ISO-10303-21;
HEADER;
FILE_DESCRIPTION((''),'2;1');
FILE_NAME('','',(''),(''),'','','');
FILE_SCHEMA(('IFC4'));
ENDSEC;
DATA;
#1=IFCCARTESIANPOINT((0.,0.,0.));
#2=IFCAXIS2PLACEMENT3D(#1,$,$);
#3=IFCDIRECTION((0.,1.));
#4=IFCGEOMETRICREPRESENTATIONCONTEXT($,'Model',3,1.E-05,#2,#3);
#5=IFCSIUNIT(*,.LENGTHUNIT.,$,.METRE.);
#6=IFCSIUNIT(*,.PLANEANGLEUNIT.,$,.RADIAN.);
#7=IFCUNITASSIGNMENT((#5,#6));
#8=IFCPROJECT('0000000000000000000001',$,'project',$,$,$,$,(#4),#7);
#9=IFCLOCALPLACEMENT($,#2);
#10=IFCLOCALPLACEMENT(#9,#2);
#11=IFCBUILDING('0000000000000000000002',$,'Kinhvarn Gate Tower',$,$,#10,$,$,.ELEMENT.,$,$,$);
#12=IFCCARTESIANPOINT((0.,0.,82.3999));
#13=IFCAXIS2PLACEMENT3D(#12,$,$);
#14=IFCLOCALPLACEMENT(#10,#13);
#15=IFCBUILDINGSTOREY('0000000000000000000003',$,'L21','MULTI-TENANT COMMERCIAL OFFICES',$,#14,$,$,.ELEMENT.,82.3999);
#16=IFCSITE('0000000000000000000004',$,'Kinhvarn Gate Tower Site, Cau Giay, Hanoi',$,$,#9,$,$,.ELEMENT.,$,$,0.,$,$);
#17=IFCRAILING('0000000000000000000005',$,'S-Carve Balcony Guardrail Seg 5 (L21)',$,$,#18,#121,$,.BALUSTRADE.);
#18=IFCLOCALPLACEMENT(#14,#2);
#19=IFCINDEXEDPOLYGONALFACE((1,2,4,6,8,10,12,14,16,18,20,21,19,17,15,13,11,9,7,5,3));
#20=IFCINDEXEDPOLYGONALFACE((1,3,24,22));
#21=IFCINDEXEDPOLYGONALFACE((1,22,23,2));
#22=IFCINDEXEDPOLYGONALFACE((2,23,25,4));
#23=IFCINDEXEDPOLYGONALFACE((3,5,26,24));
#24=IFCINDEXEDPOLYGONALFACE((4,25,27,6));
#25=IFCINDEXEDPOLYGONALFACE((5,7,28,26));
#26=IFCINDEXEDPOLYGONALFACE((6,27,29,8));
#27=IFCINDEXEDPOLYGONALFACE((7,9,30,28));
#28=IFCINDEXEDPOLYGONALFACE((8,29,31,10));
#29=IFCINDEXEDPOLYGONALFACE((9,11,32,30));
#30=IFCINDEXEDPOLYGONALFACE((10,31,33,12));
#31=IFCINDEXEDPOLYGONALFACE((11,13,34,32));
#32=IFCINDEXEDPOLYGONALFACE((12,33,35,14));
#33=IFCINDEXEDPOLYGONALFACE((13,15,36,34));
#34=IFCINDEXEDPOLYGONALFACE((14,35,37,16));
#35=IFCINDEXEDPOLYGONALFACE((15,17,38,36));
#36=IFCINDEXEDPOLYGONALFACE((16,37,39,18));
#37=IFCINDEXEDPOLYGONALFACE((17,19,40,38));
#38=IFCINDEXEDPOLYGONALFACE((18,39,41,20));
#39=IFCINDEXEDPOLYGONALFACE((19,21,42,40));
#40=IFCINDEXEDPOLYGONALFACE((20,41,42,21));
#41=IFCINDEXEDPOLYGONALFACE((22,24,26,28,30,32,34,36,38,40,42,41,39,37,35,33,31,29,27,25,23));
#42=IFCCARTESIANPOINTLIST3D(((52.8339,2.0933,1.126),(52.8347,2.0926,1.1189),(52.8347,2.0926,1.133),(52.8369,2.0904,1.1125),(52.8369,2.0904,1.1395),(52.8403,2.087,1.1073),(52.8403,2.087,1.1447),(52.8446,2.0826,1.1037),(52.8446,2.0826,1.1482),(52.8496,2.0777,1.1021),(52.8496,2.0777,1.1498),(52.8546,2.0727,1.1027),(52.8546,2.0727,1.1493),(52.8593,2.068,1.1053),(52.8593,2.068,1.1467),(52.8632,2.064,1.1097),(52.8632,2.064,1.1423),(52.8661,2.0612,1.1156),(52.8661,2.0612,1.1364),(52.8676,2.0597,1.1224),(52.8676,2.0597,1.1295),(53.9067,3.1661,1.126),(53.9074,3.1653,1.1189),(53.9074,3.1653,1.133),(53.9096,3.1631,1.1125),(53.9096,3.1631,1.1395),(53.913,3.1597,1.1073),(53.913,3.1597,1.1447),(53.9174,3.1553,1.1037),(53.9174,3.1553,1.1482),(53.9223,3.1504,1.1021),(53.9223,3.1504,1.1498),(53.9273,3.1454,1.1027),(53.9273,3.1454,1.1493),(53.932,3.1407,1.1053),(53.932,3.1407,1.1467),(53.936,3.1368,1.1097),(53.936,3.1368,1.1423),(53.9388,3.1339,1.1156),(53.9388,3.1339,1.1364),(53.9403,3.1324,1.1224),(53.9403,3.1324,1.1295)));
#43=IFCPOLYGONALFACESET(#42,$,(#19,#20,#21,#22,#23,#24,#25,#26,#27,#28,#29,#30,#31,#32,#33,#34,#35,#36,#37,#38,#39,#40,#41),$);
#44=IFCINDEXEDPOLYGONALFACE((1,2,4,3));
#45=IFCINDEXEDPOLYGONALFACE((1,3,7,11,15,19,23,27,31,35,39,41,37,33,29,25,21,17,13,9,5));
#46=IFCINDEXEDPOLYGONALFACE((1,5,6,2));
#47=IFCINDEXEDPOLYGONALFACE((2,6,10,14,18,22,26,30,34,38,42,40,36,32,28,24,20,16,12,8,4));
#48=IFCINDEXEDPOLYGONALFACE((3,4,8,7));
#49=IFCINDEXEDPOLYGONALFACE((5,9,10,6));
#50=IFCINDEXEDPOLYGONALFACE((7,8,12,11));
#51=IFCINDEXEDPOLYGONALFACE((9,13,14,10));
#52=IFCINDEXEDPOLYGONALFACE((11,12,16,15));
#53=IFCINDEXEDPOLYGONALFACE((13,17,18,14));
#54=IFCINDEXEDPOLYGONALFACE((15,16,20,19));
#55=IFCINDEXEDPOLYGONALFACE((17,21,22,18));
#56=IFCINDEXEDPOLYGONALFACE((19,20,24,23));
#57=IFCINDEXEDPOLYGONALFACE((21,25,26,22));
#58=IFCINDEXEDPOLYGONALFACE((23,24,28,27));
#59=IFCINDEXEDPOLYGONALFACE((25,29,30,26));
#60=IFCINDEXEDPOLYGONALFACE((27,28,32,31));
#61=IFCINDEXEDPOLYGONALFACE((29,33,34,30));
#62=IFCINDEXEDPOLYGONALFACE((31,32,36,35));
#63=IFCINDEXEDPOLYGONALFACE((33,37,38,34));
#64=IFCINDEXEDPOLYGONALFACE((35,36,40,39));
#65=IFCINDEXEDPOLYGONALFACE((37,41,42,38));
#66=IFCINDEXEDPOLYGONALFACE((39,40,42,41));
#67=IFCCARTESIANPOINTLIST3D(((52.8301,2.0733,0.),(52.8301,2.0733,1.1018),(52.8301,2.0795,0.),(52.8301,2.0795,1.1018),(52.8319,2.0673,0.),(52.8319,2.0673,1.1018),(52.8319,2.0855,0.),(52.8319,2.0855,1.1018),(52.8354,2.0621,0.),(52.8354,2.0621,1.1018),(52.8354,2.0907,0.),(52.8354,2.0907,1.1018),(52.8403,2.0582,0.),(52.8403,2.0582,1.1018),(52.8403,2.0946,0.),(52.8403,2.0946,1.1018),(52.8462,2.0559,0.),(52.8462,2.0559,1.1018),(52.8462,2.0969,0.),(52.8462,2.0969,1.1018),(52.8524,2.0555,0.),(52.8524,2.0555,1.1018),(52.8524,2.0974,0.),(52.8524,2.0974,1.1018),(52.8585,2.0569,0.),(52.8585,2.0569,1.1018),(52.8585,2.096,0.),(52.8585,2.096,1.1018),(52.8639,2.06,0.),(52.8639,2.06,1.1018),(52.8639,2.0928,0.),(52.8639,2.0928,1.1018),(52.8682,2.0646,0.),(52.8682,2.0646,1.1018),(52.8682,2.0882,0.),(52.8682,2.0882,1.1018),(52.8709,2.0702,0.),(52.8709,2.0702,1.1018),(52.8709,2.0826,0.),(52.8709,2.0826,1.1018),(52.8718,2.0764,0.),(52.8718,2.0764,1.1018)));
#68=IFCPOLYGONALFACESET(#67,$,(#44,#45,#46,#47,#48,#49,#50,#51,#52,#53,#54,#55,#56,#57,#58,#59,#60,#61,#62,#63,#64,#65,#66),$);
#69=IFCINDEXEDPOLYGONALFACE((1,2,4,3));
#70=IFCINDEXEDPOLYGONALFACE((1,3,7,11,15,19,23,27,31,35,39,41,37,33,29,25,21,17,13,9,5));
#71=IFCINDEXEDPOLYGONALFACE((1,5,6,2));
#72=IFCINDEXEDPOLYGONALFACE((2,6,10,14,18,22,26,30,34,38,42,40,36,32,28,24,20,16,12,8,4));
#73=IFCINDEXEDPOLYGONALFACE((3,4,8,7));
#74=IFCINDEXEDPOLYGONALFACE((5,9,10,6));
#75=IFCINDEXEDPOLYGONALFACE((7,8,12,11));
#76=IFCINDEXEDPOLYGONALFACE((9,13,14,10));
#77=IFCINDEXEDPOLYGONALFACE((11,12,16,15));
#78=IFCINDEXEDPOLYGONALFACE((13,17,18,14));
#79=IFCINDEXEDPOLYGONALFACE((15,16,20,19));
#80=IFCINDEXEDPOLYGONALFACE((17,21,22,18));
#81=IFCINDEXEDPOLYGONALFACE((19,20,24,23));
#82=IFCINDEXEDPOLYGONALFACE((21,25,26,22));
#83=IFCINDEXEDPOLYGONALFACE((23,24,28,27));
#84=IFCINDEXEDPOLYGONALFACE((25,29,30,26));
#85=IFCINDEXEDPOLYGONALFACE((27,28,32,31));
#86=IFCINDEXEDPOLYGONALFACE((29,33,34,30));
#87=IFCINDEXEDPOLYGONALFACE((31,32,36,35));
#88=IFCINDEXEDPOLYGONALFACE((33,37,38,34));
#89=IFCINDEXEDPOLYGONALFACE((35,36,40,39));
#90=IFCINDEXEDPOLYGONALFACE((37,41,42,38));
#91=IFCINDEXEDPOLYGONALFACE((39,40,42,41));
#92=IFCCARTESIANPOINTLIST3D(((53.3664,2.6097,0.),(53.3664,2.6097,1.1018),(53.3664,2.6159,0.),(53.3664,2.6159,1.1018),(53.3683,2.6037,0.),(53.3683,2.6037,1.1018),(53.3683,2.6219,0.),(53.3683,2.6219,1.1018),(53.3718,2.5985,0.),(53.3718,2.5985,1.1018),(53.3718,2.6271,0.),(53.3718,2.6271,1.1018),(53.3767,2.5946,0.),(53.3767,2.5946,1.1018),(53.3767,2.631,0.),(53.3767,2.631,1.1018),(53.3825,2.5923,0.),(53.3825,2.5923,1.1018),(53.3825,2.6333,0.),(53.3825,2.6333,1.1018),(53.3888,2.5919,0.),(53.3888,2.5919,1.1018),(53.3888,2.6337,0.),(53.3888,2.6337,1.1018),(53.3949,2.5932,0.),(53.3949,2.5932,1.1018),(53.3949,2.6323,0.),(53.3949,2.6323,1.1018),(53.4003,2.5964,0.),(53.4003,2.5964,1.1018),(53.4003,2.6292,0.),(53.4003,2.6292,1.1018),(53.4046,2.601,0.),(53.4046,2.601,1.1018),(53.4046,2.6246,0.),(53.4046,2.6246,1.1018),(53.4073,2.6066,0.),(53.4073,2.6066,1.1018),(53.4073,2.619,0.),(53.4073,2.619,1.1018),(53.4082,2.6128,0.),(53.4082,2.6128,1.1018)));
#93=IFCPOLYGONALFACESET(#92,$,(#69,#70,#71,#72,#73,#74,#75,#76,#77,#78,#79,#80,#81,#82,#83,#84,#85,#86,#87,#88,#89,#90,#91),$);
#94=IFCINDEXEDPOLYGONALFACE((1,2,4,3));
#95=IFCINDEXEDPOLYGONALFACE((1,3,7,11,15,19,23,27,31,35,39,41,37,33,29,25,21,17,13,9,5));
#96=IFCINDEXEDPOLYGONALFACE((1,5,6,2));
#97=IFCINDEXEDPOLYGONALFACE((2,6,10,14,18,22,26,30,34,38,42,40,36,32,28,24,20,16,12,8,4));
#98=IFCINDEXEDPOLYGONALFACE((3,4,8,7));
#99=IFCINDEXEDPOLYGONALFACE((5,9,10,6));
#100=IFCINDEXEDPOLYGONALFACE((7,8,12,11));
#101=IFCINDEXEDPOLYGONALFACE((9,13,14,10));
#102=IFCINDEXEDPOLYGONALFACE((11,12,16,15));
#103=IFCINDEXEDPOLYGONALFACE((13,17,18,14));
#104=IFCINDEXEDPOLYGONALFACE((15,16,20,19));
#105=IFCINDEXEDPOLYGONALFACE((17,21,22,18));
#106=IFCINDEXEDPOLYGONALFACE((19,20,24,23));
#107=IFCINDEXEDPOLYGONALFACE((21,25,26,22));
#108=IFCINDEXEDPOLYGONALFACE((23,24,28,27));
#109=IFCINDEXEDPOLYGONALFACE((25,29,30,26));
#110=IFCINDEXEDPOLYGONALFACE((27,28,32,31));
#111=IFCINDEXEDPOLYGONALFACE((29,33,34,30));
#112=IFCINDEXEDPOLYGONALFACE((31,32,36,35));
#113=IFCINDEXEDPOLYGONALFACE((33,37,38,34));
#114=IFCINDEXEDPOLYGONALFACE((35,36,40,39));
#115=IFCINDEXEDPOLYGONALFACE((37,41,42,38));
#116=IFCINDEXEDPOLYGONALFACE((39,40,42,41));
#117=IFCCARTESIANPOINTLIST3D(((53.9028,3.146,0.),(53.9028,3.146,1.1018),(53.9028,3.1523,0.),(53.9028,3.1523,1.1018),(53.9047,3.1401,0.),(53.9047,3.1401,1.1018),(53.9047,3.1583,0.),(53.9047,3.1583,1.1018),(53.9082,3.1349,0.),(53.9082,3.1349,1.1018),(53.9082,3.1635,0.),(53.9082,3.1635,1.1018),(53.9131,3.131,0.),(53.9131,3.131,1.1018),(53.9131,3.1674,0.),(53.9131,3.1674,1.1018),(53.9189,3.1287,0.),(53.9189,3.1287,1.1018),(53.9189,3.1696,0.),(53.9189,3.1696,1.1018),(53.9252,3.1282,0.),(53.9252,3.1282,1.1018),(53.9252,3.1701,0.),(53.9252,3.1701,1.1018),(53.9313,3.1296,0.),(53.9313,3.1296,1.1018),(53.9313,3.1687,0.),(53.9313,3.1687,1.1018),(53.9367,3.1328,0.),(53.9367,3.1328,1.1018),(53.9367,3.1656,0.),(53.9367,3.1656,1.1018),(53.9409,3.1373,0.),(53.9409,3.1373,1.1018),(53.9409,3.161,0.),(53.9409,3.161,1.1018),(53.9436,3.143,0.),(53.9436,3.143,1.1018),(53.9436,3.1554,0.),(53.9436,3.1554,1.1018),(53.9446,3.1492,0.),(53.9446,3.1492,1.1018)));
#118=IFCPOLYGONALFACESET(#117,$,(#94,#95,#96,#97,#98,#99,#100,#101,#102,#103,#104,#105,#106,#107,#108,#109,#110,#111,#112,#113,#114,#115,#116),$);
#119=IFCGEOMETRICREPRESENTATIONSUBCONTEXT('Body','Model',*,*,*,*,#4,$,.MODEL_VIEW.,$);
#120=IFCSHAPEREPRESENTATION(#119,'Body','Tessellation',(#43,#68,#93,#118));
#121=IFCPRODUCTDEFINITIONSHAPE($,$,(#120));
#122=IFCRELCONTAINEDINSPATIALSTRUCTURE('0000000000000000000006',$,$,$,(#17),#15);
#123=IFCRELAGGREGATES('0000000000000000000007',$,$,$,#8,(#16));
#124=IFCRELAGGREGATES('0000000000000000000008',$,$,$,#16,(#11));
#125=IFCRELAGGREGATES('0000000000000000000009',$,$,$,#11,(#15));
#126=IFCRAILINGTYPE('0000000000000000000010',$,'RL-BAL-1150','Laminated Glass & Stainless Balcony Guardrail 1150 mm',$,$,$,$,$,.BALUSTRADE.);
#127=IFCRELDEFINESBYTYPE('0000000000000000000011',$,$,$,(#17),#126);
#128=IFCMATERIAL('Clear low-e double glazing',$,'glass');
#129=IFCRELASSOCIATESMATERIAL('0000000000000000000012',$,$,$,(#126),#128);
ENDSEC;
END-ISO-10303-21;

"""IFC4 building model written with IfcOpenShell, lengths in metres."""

from ifc_helpers import new_model, si_unit, direction, frame, origin, origin_2d, place, context, subcontext, project, spatial, circle, extrude, material, type_object, element, save


model = new_model("IFC4")

# Units and contexts
model_context = context("Model", 3, precision=1e-05, world=origin(), true_north=direction((0.0, 1.0)))
body_context = subcontext(model_context, "Body", "Model", "MODEL_VIEW")
ifc_project = project(units=[si_unit("LENGTHUNIT", "METRE"), si_unit("PLANEANGLEUNIT", "RADIAN")], contexts=[model_context])

# Site, building, storey
site_placement = place(None, origin())
site = spatial("IfcSite", under=ifc_project, at=site_placement, Name="Kinhvarn Gate Tower Site, Cau Giay, Hanoi", CompositionType="ELEMENT", RefElevation=0.0)
building_placement = place(site_placement, origin())
building = spatial("IfcBuilding", under=site, at=building_placement, Name="Kinhvarn Gate Tower", CompositionType="ELEMENT")
storey_placement = place(building_placement, frame((0.0, 0.0, 82.3999)))
storey = spatial("IfcBuildingStorey", under=building, at=storey_placement, Name="L21", Description="MULTI-TENANT COMMERCIAL OFFICES", CompositionType="ELEMENT", Elevation=82.3999)

# Shared definitions
ifc_material_1 = material(Name="Clear low-e double glazing", Category="glass")

# Railing
railing_type = type_object("IfcRailingType", Name="RL-BAL-1150", Description="Laminated Glass & Stainless Balcony Guardrail 1150 mm", PredefinedType="BALUSTRADE", material=ifc_material_1)
railing_1_placement = place(storey_placement, frame((52.8508, 2.0764, 0.0)))
element("IfcRailing", 1, at=railing_1_placement, inside=storey, type_object=railing_type, Name="S-Carve Balcony Guardrail Seg 5 (L21)", PredefinedType="BALUSTRADE", context=body_context, shape_type="SweptSolid", body=[
    extrude(circle(Radius=0.0239, at=origin_2d()), frame((0.0, 0.0, 1.126), z_axis=(0.707107, 0.707107, 0.0), x_axis=(-0.707107, 0.707107, 0.0)), (0.0, 0.0, 1.0), 1.5171),
    extrude(circle(Radius=0.021, at=origin_2d()), origin(), (0.0, 0.0, 1.0), 1.1018),
    extrude(circle(Radius=0.021, at=origin_2d()), frame((0.5364, 0.5364, 0.0)), (0.0, 0.0, 1.0), 1.1018),
    extrude(circle(Radius=0.021, at=origin_2d()), frame((1.0728, 1.0728, 0.0)), (0.0, 0.0, 1.0), 1.1018),
])

save(model, "model.ifc")
